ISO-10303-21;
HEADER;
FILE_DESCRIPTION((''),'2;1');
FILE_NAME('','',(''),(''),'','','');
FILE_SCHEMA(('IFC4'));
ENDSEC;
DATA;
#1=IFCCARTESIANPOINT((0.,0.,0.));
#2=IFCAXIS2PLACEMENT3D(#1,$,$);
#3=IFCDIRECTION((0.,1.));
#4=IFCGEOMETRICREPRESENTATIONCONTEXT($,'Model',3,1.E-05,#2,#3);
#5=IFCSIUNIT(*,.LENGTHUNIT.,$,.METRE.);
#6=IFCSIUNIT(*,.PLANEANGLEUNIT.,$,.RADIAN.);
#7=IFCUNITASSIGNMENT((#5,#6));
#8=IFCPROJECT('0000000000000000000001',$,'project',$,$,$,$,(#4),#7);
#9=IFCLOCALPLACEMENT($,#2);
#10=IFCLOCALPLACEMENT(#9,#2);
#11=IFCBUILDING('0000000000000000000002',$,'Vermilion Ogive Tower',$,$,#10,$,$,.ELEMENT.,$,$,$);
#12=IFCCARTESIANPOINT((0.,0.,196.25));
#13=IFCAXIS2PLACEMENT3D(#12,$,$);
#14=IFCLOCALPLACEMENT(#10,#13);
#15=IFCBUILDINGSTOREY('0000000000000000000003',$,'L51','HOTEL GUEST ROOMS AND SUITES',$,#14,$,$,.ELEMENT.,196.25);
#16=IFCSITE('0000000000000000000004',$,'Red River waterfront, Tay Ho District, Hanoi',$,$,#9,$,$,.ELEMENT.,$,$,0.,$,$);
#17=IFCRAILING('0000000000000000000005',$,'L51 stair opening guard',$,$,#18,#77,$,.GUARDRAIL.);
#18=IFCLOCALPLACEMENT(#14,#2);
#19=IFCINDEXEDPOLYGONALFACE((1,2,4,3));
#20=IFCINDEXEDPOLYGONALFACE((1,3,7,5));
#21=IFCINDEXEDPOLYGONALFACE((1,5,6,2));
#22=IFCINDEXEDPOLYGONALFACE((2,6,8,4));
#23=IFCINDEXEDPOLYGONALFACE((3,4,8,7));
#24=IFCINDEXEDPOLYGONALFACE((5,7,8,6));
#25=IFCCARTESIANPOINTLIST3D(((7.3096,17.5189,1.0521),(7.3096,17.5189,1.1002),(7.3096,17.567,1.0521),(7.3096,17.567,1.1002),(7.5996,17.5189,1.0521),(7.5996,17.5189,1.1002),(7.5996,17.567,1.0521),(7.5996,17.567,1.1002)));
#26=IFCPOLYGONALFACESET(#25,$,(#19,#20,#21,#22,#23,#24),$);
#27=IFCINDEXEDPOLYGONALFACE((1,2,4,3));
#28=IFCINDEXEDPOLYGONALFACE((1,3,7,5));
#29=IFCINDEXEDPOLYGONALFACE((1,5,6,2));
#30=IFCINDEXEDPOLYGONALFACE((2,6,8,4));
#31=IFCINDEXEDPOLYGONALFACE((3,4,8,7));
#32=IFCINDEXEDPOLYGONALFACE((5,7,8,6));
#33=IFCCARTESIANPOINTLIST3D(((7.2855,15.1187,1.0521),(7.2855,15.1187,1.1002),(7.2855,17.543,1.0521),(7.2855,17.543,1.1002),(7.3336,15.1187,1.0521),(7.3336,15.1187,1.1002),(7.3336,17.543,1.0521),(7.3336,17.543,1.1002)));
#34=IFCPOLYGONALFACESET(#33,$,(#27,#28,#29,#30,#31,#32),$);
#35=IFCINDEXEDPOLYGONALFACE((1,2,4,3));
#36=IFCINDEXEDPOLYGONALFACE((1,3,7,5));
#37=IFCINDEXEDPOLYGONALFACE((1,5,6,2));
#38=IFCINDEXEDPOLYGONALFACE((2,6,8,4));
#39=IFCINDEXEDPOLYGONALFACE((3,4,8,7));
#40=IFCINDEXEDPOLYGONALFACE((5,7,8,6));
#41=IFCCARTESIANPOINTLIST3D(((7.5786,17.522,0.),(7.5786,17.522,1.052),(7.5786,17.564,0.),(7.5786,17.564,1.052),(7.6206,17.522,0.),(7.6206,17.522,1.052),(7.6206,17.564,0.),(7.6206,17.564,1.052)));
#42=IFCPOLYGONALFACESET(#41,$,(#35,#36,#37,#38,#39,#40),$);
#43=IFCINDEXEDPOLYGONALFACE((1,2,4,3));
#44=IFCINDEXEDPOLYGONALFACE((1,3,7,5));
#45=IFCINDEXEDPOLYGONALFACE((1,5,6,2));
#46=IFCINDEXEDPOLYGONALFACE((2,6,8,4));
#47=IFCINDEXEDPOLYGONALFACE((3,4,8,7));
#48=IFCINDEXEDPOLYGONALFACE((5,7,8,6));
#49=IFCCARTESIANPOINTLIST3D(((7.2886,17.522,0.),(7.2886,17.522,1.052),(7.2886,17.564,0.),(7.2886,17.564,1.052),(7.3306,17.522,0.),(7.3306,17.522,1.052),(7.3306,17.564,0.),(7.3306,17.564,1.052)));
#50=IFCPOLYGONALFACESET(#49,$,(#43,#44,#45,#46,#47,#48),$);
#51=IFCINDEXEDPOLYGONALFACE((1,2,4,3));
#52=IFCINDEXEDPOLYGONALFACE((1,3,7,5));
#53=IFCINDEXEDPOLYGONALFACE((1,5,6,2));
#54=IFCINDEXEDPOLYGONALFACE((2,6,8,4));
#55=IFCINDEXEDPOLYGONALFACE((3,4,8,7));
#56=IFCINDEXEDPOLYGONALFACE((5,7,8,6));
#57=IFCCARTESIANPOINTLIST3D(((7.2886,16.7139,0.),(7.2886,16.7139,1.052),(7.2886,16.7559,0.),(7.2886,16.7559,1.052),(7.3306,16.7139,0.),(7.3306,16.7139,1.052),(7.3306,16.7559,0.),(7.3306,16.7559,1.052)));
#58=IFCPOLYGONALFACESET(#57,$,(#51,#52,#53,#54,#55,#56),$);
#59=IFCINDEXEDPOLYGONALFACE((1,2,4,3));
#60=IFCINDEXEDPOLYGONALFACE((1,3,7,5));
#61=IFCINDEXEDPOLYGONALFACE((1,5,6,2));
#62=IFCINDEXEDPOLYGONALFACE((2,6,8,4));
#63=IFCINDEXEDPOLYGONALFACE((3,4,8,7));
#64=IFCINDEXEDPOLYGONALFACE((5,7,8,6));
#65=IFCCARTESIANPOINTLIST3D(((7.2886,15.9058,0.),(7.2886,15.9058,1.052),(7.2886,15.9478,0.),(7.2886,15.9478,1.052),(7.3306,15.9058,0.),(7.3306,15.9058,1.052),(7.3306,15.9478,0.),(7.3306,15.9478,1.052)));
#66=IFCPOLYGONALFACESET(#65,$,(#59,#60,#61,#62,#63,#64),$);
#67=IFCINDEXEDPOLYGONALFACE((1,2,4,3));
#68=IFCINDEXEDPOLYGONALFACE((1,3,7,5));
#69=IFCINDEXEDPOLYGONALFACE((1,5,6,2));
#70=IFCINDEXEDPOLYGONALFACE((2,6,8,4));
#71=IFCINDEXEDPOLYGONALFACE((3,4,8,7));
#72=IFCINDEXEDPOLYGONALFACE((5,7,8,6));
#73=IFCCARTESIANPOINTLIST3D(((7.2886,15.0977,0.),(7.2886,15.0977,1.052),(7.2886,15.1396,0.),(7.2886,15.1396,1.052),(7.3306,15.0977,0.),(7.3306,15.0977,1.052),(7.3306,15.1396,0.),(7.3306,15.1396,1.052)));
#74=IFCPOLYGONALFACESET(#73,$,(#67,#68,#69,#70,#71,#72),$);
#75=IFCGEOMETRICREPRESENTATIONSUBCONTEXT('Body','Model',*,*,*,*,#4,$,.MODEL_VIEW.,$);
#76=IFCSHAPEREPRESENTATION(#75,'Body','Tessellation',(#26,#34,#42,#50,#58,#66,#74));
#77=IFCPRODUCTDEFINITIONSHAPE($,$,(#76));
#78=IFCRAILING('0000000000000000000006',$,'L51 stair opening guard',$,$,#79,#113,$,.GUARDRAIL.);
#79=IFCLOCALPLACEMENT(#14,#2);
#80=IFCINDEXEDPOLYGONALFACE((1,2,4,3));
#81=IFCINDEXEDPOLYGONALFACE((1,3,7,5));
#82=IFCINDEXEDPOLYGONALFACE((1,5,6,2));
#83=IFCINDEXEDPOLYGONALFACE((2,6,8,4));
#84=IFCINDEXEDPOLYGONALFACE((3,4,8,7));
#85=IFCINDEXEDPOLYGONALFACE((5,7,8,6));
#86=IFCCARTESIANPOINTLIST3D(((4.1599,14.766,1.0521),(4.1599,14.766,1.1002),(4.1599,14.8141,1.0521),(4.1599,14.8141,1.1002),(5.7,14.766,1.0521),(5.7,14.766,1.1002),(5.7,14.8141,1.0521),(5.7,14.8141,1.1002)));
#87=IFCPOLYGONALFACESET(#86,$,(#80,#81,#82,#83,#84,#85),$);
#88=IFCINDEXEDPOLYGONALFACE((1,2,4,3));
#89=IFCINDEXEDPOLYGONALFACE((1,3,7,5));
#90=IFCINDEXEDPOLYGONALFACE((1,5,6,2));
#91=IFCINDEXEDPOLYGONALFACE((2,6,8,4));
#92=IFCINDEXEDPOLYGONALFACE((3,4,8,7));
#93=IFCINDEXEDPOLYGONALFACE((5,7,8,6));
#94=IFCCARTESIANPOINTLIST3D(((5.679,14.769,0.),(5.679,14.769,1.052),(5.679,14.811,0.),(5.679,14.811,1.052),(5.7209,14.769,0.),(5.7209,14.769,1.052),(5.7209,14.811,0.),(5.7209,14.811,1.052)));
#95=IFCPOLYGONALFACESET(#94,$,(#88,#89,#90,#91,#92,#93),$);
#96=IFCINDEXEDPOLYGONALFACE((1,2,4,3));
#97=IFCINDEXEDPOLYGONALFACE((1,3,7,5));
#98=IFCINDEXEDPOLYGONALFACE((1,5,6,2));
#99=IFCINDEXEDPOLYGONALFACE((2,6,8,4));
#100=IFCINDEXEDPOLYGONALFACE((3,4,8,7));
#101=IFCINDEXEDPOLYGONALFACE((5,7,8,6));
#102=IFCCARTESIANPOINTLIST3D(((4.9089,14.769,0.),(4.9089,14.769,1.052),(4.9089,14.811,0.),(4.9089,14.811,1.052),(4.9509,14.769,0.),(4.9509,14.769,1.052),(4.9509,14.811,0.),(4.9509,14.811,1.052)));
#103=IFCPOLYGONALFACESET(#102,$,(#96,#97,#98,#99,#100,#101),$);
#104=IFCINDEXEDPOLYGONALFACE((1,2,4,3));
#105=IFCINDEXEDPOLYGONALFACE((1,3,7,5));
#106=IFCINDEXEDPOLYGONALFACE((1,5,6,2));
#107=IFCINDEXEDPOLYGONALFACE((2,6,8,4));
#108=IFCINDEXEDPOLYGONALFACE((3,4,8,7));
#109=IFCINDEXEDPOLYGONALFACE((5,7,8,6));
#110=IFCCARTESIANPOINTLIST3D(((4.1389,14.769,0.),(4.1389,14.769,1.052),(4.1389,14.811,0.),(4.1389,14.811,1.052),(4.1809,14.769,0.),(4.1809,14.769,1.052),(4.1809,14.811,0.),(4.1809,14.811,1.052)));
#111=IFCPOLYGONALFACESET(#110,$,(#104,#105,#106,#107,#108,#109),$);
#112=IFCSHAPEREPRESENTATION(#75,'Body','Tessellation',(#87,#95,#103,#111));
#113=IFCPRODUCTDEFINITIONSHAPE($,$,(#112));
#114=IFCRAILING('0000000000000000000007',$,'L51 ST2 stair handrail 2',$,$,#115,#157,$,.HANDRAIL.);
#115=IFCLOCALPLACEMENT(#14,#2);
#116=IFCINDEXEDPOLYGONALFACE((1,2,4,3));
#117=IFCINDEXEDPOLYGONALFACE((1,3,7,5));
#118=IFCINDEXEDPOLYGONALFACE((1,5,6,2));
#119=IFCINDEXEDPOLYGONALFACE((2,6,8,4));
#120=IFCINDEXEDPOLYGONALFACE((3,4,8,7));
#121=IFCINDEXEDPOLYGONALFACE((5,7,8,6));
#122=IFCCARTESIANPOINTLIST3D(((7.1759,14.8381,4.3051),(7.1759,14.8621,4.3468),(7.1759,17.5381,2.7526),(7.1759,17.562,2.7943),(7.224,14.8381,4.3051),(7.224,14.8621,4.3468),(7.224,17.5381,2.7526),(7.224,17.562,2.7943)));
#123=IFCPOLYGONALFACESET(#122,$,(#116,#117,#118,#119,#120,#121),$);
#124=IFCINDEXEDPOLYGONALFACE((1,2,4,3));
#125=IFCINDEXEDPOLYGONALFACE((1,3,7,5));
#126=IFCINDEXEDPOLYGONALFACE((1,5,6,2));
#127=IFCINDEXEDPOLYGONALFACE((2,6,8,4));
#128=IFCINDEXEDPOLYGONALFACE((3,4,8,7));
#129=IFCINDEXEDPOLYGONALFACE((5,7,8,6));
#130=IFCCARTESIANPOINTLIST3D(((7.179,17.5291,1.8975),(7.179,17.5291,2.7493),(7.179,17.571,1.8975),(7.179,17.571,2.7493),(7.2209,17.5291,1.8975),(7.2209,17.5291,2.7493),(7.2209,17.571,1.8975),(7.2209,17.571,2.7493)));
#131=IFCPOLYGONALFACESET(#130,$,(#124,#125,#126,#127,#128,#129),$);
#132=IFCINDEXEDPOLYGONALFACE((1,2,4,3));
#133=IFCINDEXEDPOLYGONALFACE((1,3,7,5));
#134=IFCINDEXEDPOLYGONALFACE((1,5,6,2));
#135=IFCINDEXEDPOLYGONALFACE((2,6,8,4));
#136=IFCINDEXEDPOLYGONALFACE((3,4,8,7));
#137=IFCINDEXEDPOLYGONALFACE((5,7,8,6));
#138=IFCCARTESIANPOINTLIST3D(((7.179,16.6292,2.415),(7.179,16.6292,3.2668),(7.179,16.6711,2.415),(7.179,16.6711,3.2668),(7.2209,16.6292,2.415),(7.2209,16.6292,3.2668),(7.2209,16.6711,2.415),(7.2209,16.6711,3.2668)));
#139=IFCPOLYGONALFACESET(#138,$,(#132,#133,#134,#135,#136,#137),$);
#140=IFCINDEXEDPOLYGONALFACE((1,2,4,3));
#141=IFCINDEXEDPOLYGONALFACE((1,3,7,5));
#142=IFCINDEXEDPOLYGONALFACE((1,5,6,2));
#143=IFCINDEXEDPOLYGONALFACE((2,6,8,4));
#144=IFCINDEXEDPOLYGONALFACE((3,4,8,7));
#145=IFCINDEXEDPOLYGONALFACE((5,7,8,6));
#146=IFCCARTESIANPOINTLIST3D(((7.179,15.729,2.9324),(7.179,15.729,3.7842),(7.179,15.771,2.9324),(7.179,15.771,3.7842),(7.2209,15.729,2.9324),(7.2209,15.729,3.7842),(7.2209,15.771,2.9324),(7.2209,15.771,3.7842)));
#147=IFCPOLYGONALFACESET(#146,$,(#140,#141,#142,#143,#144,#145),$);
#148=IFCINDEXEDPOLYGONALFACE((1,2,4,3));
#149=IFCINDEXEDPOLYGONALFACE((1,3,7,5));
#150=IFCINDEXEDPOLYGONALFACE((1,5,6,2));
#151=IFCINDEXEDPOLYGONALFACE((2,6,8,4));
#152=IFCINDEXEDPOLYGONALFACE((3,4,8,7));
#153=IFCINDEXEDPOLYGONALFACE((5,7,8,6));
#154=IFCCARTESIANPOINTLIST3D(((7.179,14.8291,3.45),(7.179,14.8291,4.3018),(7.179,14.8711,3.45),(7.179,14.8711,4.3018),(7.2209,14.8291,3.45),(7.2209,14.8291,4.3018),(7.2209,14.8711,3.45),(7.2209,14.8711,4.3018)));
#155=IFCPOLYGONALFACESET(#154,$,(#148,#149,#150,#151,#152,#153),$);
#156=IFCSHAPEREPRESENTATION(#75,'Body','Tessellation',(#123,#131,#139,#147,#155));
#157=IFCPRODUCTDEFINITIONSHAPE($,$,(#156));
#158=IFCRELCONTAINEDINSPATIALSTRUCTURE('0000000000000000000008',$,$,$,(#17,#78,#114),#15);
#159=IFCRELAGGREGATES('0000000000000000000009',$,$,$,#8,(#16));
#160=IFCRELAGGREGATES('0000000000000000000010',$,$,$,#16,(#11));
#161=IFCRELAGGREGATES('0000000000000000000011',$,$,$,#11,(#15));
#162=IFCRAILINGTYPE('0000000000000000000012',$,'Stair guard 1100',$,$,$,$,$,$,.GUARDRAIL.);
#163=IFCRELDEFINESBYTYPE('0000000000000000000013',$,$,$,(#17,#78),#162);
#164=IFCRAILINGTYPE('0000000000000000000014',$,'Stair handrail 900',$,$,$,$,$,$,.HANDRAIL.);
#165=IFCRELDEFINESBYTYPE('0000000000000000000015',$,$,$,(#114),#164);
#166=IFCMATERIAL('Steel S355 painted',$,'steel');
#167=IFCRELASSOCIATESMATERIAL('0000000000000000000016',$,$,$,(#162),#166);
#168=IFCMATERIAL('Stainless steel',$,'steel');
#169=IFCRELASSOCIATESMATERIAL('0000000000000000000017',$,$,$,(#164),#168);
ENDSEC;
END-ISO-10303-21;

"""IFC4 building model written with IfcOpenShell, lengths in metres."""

from ifc_helpers import new_model, si_unit, direction, frame, origin, origin_2d, place, context, subcontext, project, spatial, rectangle, extrude, material, type_object, element, save


model = new_model("IFC4")

# Units and contexts
model_context = context("Model", 3, precision=1e-05, world=origin(), true_north=direction((0.0, 1.0)))
body_context = subcontext(model_context, "Body", "Model", "MODEL_VIEW")
ifc_project = project(units=[si_unit("LENGTHUNIT", "METRE"), si_unit("PLANEANGLEUNIT", "RADIAN")], contexts=[model_context])

# Site, building, storey
site_placement = place(None, origin())
site = spatial("IfcSite", under=ifc_project, at=site_placement, Name="Red River waterfront, Tay Ho District, Hanoi", CompositionType="ELEMENT", RefElevation=0.0)
building_placement = place(site_placement, origin())
building = spatial("IfcBuilding", under=site, at=building_placement, Name="Vermilion Ogive Tower", CompositionType="ELEMENT")
storey_placement = place(building_placement, frame((0.0, 0.0, 196.25)))
storey = spatial("IfcBuildingStorey", under=building, at=storey_placement, Name="L51", Description="HOTEL GUEST ROOMS AND SUITES", CompositionType="ELEMENT", Elevation=196.25)

# Railings
ifc_material_1 = material(Name="Steel S355 painted", Category="steel")
railing_type_1 = type_object("IfcRailingType", Name="Stair guard 1100", PredefinedType="GUARDRAIL", material=ifc_material_1)
railing_1_placement = place(storey_placement, frame((7.5996, 17.543, 0.0)))
element("IfcRailing", 1, at=railing_1_placement, inside=storey, type_object=railing_type_1, Name="L51 stair opening guard", PredefinedType="GUARDRAIL", context=body_context, shape_type="SweptSolid", body=[
    extrude(rectangle(XDim=0.0481, YDim=0.0481, at=origin_2d()), frame((0.0, 0.0, 1.0762), z_axis=(-1.0, 0.0, 0.0), x_axis=(0.0, -1.0, 0.0)), (0.0, 0.0, 1.0), 0.29),
    extrude(rectangle(XDim=0.0481, YDim=0.0481, at=origin_2d()), frame((-0.29, 0.0, 1.0762), z_axis=(0.0, -1.0, 0.0), x_axis=(1.0, 0.0, 0.0)), (0.0, 0.0, 1.0), 2.4243),
    extrude(rectangle(XDim=0.042, YDim=0.042, at=origin_2d()), origin(), (0.0, 0.0, 1.0), 1.052),
    extrude(rectangle(XDim=0.042, YDim=0.042, at=origin_2d()), frame((-0.29, 0.0, 0.0)), (0.0, 0.0, 1.0), 1.052),
    extrude(rectangle(XDim=0.042, YDim=0.042, at=origin_2d()), frame((-0.29, -0.8081, 0.0)), (0.0, 0.0, 1.0), 1.052),
    extrude(rectangle(XDim=0.042, YDim=0.042, at=origin_2d()), frame((-0.29, -1.6162, 0.0)), (0.0, 0.0, 1.0), 1.052),
    extrude(rectangle(XDim=0.042, YDim=0.042, at=origin_2d()), frame((-0.29, -2.4243, 0.0)), (0.0, 0.0, 1.0), 1.052),
])
railing_2_placement = place(storey_placement, frame((5.7, 14.79, 0.0)))
element("IfcRailing", 2, at=railing_2_placement, inside=storey, type_object=railing_type_1, Name="L51 stair opening guard", PredefinedType="GUARDRAIL", context=body_context, shape_type="SweptSolid", body=[
    extrude(rectangle(XDim=0.0481, YDim=0.0481, at=origin_2d()), frame((0.0, 0.0, 1.0762), z_axis=(-1.0, 0.0, 0.0), x_axis=(0.0, -1.0, 0.0)), (0.0, 0.0, 1.0), 1.54),
    extrude(rectangle(XDim=0.042, YDim=0.042, at=origin_2d()), origin(), (0.0, 0.0, 1.0), 1.052),
    extrude(rectangle(XDim=0.042, YDim=0.042, at=origin_2d()), frame((-0.77, 0.0, 0.0)), (0.0, 0.0, 1.0), 1.052),
    extrude(rectangle(XDim=0.042, YDim=0.042, at=origin_2d()), frame((-1.54, 0.0, 0.0)), (0.0, 0.0, 1.0), 1.052),
])
ifc_material_2 = material(Name="Stainless steel", Category="steel")
railing_type_2 = type_object("IfcRailingType", Name="Stair handrail 900", PredefinedType="HANDRAIL", material=ifc_material_2)
railing_3_placement = place(storey_placement, frame((7.2, 17.55, 1.8975)))
element("IfcRailing", 3, at=railing_3_placement, inside=storey, type_object=railing_type_2, Name="L51 ST2 stair handrail 2", PredefinedType="HANDRAIL", context=body_context, shape_type="SweptSolid", body=[
    extrude(rectangle(XDim=0.0481, YDim=0.0481, at=origin_2d()), frame((0.0, 0.0, 0.876), z_axis=(0.0, -0.866904, 0.498476), x_axis=(1.0, 0.0, 0.0)), (0.0, 0.0, 1.0), 3.1145),
    extrude(rectangle(XDim=0.042, YDim=0.042, at=origin_2d()), origin(), (0.0, 0.0, 1.0), 0.8518),
    extrude(rectangle(XDim=0.042, YDim=0.042, at=origin_2d()), frame((0.0, -0.8999, 0.5176)), (0.0, 0.0, 1.0), 0.8518),
    extrude(rectangle(XDim=0.042, YDim=0.042, at=origin_2d()), frame((0.0, -1.8, 1.0349)), (0.0, 0.0, 1.0), 0.8518),
    extrude(rectangle(XDim=0.042, YDim=0.042, at=origin_2d()), frame((0.0, -2.7, 1.5525)), (0.0, 0.0, 1.0), 0.8518),
])

save(model, "model.ifc")
